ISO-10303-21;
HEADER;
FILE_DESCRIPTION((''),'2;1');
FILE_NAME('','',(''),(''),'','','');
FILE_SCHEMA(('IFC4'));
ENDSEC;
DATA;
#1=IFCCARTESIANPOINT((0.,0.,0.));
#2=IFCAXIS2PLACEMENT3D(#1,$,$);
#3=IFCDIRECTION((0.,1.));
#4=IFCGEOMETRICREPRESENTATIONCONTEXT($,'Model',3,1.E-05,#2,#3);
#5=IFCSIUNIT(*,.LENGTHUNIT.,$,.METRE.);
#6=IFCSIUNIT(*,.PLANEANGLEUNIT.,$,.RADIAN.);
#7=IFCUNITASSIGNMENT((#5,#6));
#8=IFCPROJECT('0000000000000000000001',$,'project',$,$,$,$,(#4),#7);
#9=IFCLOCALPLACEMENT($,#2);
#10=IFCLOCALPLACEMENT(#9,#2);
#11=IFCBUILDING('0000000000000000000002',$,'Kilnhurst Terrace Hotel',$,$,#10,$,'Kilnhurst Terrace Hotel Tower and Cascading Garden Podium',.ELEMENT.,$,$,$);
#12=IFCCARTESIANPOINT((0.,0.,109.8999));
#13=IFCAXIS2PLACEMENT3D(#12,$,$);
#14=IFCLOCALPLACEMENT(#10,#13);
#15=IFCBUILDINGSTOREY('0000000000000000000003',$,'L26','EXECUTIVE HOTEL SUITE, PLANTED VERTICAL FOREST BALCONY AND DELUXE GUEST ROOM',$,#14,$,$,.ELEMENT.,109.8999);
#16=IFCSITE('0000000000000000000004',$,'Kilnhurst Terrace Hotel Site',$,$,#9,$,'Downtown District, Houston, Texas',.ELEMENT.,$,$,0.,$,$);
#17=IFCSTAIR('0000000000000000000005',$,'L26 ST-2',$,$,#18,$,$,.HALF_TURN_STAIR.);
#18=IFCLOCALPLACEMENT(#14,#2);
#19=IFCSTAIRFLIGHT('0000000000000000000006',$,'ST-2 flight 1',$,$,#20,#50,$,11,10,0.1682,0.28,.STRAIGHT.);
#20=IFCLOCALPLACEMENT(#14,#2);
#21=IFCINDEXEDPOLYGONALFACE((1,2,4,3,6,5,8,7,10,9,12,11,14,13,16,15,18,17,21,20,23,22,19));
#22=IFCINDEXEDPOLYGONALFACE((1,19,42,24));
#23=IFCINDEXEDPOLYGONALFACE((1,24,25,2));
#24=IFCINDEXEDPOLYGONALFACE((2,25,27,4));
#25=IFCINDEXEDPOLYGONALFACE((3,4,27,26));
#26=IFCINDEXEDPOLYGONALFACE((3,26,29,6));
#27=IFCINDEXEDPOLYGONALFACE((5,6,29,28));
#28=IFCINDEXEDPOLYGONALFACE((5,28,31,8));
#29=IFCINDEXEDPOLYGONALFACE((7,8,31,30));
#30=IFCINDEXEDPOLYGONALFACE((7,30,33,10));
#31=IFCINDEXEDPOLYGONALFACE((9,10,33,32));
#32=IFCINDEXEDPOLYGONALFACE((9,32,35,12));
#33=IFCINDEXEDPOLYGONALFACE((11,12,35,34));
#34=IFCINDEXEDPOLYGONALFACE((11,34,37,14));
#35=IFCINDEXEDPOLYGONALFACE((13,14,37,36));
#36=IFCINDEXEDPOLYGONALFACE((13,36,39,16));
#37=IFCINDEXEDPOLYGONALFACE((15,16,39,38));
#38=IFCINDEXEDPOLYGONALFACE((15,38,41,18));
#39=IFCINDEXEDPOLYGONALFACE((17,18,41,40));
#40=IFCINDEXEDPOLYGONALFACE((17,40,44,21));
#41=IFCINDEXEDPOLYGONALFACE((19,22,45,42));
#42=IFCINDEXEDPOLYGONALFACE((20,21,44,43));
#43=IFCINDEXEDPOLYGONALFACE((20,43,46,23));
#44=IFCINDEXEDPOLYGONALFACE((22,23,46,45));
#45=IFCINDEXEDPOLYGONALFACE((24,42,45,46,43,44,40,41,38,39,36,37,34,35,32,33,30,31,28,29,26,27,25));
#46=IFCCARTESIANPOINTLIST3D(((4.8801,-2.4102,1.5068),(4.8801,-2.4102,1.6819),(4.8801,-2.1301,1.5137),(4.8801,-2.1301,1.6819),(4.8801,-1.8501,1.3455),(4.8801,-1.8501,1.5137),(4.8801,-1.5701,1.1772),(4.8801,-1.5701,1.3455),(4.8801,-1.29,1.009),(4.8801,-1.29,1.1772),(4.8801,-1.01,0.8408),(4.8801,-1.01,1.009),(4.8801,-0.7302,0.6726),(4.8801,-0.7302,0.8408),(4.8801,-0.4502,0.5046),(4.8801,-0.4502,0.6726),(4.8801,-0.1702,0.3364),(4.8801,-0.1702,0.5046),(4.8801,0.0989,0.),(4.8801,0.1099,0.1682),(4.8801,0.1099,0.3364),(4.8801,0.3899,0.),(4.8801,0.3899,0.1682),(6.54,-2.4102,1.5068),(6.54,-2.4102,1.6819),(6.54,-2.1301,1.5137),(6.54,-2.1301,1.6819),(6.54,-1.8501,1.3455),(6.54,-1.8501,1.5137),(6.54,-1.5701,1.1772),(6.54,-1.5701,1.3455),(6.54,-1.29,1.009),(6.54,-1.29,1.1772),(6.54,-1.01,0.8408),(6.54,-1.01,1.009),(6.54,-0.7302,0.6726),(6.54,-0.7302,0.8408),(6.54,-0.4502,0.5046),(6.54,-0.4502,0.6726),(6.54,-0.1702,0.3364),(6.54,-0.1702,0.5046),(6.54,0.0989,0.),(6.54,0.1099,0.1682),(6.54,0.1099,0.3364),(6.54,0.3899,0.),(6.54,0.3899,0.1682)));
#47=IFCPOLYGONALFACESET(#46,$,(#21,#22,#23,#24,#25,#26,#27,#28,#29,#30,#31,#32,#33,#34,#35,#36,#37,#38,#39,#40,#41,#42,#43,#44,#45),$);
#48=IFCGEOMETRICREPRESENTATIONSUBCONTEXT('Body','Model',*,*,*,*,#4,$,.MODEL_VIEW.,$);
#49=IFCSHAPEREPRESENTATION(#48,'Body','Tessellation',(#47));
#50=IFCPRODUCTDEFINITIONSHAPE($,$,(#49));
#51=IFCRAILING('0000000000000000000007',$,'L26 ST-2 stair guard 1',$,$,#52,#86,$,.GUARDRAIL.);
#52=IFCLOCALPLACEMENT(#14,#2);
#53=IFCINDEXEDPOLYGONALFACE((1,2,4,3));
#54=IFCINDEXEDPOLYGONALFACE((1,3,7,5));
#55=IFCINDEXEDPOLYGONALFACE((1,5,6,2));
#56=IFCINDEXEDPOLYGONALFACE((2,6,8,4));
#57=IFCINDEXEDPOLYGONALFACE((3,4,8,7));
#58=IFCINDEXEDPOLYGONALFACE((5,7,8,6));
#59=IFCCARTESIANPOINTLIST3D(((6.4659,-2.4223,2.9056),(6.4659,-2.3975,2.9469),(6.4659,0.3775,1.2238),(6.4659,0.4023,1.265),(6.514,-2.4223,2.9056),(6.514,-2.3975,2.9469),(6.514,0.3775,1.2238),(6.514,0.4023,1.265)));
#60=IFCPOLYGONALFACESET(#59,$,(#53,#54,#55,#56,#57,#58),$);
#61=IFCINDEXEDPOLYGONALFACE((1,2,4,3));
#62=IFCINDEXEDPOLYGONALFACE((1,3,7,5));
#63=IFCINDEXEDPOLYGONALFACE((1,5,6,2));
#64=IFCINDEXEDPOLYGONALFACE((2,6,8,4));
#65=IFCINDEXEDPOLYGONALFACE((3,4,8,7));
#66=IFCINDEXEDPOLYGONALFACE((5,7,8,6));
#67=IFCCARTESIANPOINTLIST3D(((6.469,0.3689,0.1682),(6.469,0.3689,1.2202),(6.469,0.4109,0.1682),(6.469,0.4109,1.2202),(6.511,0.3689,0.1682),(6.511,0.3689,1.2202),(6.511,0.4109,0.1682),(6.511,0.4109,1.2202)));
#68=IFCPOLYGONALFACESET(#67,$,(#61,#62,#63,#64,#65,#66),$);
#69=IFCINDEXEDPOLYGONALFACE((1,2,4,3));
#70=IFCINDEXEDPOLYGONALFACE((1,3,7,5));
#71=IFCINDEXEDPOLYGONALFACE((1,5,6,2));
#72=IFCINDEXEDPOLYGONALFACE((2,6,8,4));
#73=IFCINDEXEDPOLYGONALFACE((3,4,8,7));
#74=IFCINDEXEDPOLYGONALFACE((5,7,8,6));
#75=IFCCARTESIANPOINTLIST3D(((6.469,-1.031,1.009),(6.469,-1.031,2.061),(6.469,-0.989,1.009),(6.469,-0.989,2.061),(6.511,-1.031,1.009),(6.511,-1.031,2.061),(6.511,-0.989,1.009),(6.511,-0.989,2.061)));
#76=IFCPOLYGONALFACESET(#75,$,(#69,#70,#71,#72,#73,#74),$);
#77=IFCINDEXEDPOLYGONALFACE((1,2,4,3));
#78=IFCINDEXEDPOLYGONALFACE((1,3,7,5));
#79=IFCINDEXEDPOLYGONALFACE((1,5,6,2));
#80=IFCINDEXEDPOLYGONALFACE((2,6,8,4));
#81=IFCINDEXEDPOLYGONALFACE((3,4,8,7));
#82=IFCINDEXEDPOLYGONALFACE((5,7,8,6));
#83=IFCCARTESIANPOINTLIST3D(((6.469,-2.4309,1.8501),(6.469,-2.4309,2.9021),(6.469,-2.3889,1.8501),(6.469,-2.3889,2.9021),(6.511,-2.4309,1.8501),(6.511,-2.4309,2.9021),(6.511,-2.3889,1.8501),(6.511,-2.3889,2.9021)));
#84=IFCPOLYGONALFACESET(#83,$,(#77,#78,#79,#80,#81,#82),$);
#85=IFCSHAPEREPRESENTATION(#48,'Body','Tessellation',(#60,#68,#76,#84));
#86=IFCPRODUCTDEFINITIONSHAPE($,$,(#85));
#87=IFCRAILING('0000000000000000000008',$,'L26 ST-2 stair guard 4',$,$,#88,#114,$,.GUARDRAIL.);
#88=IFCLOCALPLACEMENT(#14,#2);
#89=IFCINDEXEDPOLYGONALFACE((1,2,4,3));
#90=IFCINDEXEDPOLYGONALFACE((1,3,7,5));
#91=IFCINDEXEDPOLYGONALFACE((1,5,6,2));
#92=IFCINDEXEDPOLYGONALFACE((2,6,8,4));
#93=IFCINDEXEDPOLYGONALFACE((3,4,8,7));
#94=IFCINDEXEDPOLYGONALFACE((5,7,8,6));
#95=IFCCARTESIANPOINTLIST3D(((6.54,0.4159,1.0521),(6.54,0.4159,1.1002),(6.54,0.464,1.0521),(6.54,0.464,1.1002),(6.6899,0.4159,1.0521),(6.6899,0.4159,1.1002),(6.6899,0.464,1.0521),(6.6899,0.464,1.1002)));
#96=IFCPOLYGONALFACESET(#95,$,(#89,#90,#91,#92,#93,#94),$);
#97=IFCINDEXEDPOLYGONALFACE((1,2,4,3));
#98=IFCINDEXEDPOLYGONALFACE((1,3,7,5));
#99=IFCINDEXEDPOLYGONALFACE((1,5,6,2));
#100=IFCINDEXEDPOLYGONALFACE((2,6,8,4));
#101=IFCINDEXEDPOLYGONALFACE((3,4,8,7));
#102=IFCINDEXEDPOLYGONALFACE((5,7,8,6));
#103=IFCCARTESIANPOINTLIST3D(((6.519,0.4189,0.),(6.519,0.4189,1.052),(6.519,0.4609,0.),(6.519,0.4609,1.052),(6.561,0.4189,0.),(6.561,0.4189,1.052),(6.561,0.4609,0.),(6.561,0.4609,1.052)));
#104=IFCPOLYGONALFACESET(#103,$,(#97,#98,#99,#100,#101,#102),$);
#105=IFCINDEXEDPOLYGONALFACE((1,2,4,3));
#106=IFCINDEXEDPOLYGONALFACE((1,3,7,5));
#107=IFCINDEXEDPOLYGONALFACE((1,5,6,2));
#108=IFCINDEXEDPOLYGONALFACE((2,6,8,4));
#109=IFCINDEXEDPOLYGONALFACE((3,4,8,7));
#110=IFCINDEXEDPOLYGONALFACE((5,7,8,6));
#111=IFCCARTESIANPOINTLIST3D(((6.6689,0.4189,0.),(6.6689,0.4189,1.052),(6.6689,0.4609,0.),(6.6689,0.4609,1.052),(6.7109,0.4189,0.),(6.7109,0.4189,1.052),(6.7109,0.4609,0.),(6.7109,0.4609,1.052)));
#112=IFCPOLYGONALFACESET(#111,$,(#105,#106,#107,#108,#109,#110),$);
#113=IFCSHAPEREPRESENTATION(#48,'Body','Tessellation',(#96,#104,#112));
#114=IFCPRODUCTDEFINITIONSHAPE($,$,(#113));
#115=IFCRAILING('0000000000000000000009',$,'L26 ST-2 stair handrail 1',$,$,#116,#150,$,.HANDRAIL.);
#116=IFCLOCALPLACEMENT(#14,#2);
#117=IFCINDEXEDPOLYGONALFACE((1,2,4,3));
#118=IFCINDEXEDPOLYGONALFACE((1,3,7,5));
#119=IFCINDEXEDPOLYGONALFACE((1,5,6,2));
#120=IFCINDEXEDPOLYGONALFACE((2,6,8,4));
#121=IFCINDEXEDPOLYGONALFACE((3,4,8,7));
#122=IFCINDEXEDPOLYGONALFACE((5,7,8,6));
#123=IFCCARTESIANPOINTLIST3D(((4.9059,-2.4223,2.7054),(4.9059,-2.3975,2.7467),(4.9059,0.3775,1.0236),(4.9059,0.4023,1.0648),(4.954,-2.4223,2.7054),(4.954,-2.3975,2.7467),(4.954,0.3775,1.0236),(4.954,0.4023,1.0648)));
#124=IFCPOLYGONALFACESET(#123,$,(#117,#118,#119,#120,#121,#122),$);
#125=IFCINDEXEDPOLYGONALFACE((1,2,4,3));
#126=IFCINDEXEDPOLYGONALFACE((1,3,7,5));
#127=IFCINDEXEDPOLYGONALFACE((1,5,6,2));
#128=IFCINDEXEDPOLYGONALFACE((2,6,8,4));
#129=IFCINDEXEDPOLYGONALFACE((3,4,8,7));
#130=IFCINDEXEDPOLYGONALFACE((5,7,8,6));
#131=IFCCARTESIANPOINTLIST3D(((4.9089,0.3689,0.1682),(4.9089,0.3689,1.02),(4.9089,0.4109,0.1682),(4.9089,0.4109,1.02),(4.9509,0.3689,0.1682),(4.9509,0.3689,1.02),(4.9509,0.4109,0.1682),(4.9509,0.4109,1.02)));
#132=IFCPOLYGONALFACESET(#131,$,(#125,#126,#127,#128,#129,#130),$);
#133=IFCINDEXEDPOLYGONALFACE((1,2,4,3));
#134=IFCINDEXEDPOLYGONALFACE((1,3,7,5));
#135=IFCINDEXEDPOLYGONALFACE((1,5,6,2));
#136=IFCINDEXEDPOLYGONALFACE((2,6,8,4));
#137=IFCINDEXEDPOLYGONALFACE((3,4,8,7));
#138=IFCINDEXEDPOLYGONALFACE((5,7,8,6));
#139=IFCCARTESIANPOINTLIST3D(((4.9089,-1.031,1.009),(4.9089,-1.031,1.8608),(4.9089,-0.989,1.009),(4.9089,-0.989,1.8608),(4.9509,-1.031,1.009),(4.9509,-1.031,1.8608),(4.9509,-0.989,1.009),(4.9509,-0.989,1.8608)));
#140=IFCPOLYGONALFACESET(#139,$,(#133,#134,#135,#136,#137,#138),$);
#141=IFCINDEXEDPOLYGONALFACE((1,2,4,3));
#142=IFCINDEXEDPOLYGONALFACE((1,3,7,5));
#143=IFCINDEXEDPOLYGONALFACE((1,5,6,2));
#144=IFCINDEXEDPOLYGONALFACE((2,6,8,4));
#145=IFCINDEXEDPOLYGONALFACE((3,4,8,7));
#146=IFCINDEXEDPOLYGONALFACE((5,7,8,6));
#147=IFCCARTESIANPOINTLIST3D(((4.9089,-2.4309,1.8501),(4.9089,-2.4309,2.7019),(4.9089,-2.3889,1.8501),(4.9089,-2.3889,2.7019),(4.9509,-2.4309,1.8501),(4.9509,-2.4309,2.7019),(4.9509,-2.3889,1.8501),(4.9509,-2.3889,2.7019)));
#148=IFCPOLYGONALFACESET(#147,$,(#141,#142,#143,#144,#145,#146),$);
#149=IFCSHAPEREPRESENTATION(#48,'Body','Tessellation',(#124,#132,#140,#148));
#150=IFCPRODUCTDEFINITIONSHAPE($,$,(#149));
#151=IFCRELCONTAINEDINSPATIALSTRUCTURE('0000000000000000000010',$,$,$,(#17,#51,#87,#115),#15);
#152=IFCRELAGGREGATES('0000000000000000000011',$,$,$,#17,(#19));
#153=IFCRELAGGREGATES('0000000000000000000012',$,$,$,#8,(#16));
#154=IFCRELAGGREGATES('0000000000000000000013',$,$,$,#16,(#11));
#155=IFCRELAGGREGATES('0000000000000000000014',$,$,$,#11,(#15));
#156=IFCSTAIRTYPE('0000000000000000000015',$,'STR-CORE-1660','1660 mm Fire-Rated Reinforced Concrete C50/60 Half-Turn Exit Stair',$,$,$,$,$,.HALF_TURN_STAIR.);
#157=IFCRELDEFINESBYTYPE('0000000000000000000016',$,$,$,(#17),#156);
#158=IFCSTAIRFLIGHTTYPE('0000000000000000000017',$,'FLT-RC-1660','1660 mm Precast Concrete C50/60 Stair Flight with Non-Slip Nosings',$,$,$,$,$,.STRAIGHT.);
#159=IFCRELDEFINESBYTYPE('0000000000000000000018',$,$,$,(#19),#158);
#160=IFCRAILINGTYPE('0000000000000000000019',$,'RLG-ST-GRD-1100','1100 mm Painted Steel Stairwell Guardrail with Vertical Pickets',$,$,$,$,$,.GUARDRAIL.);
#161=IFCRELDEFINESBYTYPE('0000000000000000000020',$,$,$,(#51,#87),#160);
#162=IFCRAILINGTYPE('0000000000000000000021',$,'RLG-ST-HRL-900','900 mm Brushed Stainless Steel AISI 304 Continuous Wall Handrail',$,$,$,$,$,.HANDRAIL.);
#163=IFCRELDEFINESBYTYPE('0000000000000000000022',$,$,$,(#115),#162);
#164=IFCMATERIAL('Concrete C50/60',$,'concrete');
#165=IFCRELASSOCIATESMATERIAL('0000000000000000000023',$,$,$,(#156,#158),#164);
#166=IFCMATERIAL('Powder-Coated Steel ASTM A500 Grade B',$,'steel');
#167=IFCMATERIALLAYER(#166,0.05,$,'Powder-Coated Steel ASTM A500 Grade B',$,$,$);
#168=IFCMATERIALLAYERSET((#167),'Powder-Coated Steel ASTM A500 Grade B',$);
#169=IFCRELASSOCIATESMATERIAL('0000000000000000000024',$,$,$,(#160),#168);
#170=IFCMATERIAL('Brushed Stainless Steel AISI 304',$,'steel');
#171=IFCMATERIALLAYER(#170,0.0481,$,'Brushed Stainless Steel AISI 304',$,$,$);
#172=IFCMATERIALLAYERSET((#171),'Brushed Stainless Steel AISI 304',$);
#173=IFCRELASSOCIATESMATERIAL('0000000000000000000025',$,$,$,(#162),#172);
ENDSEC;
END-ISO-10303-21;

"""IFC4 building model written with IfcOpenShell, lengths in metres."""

from ifc_helpers import new_model, si_unit, direction, frame, origin, origin_2d, place, context, subcontext, project, spatial, polyline, rectangle, outline, extrude, material, layer, layer_set, type_object, element, aggregate, save


model = new_model("IFC4")

# Units and contexts
model_context = context("Model", 3, precision=1e-05, world=origin(), true_north=direction((0.0, 1.0)))
body_context = subcontext(model_context, "Body", "Model", "MODEL_VIEW")
ifc_project = project(units=[si_unit("LENGTHUNIT", "METRE"), si_unit("PLANEANGLEUNIT", "RADIAN")], contexts=[model_context])

# Site, building, storey
site_placement = place(None, origin())
site = spatial("IfcSite", under=ifc_project, at=site_placement, Name="Kilnhurst Terrace Hotel Site", LongName="Downtown District, Houston, Texas", CompositionType="ELEMENT", RefElevation=0.0)
building_placement = place(site_placement, origin())
building = spatial("IfcBuilding", under=site, at=building_placement, Name="Kilnhurst Terrace Hotel", LongName="Kilnhurst Terrace Hotel Tower and Cascading Garden Podium", CompositionType="ELEMENT")
storey_placement = place(building_placement, frame((0.0, 0.0, 109.8999)))
storey = spatial("IfcBuildingStorey", under=building, at=storey_placement, Name="L26", Description="EXECUTIVE HOTEL SUITE, PLANTED VERTICAL FOREST BALCONY AND DELUXE GUEST ROOM", CompositionType="ELEMENT", Elevation=109.8999)

# Shared definitions
ifc_material_1 = material(Name="Concrete C50/60", Category="concrete")

# Stair, stair flight
stair_type = type_object("IfcStairType", Name="STR-CORE-1660", Description="1660 mm Fire-Rated Reinforced Concrete C50/60 Half-Turn Exit Stair", PredefinedType="HALF_TURN_STAIR", material=ifc_material_1)
stair_placement = place(storey_placement, origin())
stair = element("IfcStair", 1, at=stair_placement, inside=storey, type_object=stair_type, Name="L26 ST-2", PredefinedType="HALF_TURN_STAIR")
stair_flight_type = type_object("IfcStairFlightType", Name="FLT-RC-1660", Description="1660 mm Precast Concrete C50/60 Stair Flight with Non-Slip Nosings", PredefinedType="STRAIGHT", material=ifc_material_1)
stair_flight_placement = place(storey_placement, frame((5.71, 0.3899, 0.0), z_axis=(0.0, 0.0, 1.0), x_axis=(0.0, -1.0, 0.0)))
stair_flight = element("IfcStairFlight", 2, at=stair_flight_placement, type_object=stair_flight_type, Name="ST-2 flight 1", NumberOfRisers=11, NumberOfTreads=10, PredefinedType="STRAIGHT", RiserHeight=0.1682, TreadLength=0.28, context=body_context, shape_type="SweptSolid", body=[
    extrude(outline(polyline([(0.0, 0.0), (0.0, 0.1682), (0.28, 0.1682), (0.28, 0.3364), (0.5601, 0.3364), (0.5601, 0.5046), (0.8401, 0.5046), (0.8401, 0.6726), (1.1201, 0.6726), (1.1201, 0.8408), (1.3999, 0.8408), (1.3999, 1.009), (1.6799, 1.009), (1.6799, 1.1772), (1.96, 1.1772), (1.96, 1.3455), (2.24, 1.3455), (2.24, 1.5137), (2.52, 1.5137), (2.52, 1.6819), (2.8, 1.6819), (2.8, 1.8501), (2.8, 1.5068), (0.291, 0.0), (0.0, 0.0)])), frame((0.0, 0.8301, 0.0), z_axis=(0.0, -1.0, 0.0), x_axis=(1.0, 0.0, 0.0)), (0.0, 0.0, 1.0), 1.6599),
])
aggregate(stair, [stair_flight])

# Railings
ifc_material_2 = material(Name="Powder-Coated Steel ASTM A500 Grade B", Category="steel")
ifc_layer_1 = layer(ifc_material_2, 0.05, Name="Powder-Coated Steel ASTM A500 Grade B")
ifc_layer_set_1 = layer_set([ifc_layer_1], Name="Powder-Coated Steel ASTM A500 Grade B")
railing_type_1 = type_object("IfcRailingType", Name="RLG-ST-GRD-1100", Description="1100 mm Painted Steel Stairwell Guardrail with Vertical Pickets", PredefinedType="GUARDRAIL", material=ifc_layer_set_1)
railing_1_placement = place(storey_placement, frame((6.49, 0.3899, 0.1682)))
element("IfcRailing", 3, at=railing_1_placement, inside=storey, type_object=railing_type_1, Name="L26 ST-2 stair guard 1", PredefinedType="GUARDRAIL", context=body_context, shape_type="SweptSolid", body=[
    extrude(rectangle(XDim=0.0481, YDim=0.0481, at=origin_2d()), frame((0.0, 0.0, 1.0762), z_axis=(0.0, -0.857222, 0.514946), x_axis=(1.0, 0.0, 0.0)), (0.0, 0.0, 1.0), 3.2661),
    extrude(rectangle(XDim=0.042, YDim=0.042, at=origin_2d()), origin(), (0.0, 0.0, 1.0), 1.052),
    extrude(rectangle(XDim=0.042, YDim=0.042, at=origin_2d()), frame((0.0, -1.3999, 0.8408)), (0.0, 0.0, 1.0), 1.052),
    extrude(rectangle(XDim=0.042, YDim=0.042, at=origin_2d()), frame((0.0, -2.7998, 1.6819)), (0.0, 0.0, 1.0), 1.052),
])
railing_2_placement = place(storey_placement, frame((6.54, 0.4399, 0.0)))
element("IfcRailing", 4, at=railing_2_placement, inside=storey, type_object=railing_type_1, Name="L26 ST-2 stair guard 4", PredefinedType="GUARDRAIL", context=body_context, shape_type="SweptSolid", body=[
    extrude(rectangle(XDim=0.0481, YDim=0.0481, at=origin_2d()), frame((0.0, 0.0, 1.0762), z_axis=(1.0, 0.0, 0.0), x_axis=(0.0, 1.0, 0.0)), (0.0, 0.0, 1.0), 0.1499),
    extrude(rectangle(XDim=0.042, YDim=0.042, at=origin_2d()), origin(), (0.0, 0.0, 1.0), 1.052),
    extrude(rectangle(XDim=0.042, YDim=0.042, at=origin_2d()), frame((0.1499, 0.0, 0.0)), (0.0, 0.0, 1.0), 1.052),
])
ifc_material_3 = material(Name="Brushed Stainless Steel AISI 304", Category="steel")
ifc_layer_2 = layer(ifc_material_3, 0.0481, Name="Brushed Stainless Steel AISI 304")
ifc_layer_set_2 = layer_set([ifc_layer_2], Name="Brushed Stainless Steel AISI 304")
railing_type_2 = type_object("IfcRailingType", Name="RLG-ST-HRL-900", Description="900 mm Brushed Stainless Steel AISI 304 Continuous Wall Handrail", PredefinedType="HANDRAIL", material=ifc_layer_set_2)
railing_3_placement = place(storey_placement, frame((4.9299, 0.3899, 0.1682)))
element("IfcRailing", 5, at=railing_3_placement, inside=storey, type_object=railing_type_2, Name="L26 ST-2 stair handrail 1", PredefinedType="HANDRAIL", context=body_context, shape_type="SweptSolid", body=[
    extrude(rectangle(XDim=0.0481, YDim=0.0481, at=origin_2d()), frame((0.0, 0.0, 0.876), z_axis=(0.0, -0.857222, 0.514946), x_axis=(1.0, 0.0, 0.0)), (0.0, 0.0, 1.0), 3.2661),
    extrude(rectangle(XDim=0.042, YDim=0.042, at=origin_2d()), origin(), (0.0, 0.0, 1.0), 0.8518),
    extrude(rectangle(XDim=0.042, YDim=0.042, at=origin_2d()), frame((0.0, -1.3999, 0.8408)), (0.0, 0.0, 1.0), 0.8518),
    extrude(rectangle(XDim=0.042, YDim=0.042, at=origin_2d()), frame((0.0, -2.7998, 1.6819)), (0.0, 0.0, 1.0), 0.8518),
])

save(model, "model.ifc")
